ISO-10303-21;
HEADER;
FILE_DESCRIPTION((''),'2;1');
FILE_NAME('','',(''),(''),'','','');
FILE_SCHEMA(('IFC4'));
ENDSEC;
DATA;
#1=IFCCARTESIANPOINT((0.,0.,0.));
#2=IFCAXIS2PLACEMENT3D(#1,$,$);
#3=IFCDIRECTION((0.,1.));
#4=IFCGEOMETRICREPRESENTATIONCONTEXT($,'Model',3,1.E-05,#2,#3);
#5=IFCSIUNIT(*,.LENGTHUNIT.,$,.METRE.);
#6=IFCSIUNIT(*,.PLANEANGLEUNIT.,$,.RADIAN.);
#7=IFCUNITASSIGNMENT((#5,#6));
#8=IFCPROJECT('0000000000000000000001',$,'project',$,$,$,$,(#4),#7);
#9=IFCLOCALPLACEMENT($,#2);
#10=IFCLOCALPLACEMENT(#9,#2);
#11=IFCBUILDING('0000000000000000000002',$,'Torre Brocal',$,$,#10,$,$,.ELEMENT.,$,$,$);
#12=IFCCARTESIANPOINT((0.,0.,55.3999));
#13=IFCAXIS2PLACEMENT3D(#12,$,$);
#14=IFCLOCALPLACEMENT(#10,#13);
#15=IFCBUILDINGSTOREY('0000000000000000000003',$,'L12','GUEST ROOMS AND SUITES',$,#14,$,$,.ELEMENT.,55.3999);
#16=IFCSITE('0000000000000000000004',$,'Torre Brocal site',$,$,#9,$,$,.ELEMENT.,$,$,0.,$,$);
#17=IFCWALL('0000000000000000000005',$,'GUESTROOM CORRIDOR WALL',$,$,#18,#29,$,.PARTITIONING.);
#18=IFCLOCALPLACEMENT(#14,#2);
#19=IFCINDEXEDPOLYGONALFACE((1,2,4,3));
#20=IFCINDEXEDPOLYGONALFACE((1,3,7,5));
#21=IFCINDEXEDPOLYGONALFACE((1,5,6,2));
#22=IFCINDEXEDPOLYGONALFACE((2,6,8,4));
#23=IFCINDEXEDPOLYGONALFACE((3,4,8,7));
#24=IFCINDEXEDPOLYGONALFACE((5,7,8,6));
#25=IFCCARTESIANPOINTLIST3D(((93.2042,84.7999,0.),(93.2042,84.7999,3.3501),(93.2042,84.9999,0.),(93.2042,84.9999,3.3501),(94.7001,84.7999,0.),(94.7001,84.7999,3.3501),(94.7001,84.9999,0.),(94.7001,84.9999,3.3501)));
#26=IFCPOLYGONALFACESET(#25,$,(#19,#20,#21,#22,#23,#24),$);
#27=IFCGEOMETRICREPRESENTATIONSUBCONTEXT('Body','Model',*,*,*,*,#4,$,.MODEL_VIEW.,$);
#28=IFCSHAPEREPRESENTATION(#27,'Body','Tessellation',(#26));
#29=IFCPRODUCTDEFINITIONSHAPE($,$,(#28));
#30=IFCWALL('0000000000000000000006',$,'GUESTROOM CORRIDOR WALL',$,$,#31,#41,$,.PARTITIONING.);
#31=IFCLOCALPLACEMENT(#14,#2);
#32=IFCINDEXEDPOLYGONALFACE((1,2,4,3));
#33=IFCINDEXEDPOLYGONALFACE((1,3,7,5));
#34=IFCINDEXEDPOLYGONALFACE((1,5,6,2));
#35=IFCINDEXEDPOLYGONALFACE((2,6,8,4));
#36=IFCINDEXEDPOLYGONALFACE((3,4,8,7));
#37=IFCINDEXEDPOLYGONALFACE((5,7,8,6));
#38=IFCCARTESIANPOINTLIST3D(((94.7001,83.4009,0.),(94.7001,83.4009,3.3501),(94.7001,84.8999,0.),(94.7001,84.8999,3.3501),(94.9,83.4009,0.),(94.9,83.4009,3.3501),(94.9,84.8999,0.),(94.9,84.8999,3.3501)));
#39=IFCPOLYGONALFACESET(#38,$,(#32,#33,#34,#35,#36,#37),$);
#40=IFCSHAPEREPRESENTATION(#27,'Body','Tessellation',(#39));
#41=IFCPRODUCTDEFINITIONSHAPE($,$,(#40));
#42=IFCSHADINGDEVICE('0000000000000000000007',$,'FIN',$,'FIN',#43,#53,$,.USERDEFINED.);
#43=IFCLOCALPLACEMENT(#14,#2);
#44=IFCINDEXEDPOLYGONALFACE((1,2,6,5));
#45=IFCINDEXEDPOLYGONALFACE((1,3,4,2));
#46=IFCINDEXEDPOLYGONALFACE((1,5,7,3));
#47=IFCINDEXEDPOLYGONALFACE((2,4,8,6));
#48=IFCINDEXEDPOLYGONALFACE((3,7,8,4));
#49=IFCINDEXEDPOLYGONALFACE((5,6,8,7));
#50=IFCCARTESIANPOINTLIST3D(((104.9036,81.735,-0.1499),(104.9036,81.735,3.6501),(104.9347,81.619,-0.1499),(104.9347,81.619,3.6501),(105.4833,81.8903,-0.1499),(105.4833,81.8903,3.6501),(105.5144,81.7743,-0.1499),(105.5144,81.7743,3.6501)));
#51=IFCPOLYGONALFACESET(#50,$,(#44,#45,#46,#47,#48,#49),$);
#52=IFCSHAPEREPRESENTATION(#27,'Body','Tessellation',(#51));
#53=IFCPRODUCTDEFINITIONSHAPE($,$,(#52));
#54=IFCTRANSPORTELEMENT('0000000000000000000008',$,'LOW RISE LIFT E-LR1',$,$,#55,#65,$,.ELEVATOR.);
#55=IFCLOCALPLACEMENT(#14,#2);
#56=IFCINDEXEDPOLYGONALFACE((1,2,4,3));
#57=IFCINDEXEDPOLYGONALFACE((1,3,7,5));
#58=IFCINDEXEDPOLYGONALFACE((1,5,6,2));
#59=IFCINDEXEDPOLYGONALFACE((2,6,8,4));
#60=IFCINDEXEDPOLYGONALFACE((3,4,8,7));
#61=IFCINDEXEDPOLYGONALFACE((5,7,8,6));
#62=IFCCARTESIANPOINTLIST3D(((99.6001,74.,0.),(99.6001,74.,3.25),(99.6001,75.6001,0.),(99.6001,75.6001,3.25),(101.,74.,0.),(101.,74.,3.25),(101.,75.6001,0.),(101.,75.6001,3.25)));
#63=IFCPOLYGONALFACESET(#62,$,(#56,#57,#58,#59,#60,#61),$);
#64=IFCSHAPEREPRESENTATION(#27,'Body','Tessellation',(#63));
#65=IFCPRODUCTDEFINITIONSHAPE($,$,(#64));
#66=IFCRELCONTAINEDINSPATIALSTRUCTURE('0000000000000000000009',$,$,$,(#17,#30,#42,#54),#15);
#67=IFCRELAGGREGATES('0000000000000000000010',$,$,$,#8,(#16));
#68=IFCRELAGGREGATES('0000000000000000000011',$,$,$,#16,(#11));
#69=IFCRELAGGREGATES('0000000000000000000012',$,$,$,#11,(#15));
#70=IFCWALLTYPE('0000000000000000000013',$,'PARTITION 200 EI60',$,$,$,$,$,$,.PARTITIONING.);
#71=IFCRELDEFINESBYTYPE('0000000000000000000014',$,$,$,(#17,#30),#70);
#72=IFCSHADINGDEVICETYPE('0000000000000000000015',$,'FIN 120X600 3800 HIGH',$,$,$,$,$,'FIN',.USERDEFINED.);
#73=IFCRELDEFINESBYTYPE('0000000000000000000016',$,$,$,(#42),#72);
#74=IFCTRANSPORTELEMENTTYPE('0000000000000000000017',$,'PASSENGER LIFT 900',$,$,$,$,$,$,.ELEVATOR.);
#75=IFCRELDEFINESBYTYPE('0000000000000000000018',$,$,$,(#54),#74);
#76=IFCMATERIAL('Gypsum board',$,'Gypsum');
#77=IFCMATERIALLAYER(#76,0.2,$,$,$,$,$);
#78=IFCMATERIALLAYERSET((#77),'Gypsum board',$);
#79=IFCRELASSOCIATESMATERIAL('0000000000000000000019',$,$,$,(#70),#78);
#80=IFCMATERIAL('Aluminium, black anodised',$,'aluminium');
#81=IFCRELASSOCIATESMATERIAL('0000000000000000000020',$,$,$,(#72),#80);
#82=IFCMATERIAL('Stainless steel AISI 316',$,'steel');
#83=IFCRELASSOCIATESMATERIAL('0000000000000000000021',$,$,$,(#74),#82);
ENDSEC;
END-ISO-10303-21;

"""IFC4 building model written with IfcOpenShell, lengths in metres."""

from ifc_helpers import new_model, si_unit, direction, frame, frame_2d, origin, origin_2d, place, context, subcontext, project, spatial, rectangle, extrude, material, layer, layer_set, material_profile, profile_set, type_object, element, save


model = new_model("IFC4")

# Units and contexts
model_context = context("Model", 3, precision=1e-05, world=origin(), true_north=direction((0.0, 1.0)))
body_context = subcontext(model_context, "Body", "Model", "MODEL_VIEW")
ifc_project = project(units=[si_unit("LENGTHUNIT", "METRE"), si_unit("PLANEANGLEUNIT", "RADIAN")], contexts=[model_context])

# Site, building, storey
site_placement = place(None, origin())
site = spatial("IfcSite", under=ifc_project, at=site_placement, Name="Torre Brocal site", CompositionType="ELEMENT", RefElevation=0.0)
building_placement = place(site_placement, origin())
building = spatial("IfcBuilding", under=site, at=building_placement, Name="Torre Brocal", CompositionType="ELEMENT")
storey_placement = place(building_placement, frame((0.0, 0.0, 55.3999)))
storey = spatial("IfcBuildingStorey", under=building, at=storey_placement, Name="L12", Description="GUEST ROOMS AND SUITES", CompositionType="ELEMENT", Elevation=55.3999)

# Walls
ifc_material_1 = material(Name="Gypsum board", Category="Gypsum")
ifc_layer_1 = layer(ifc_material_1, 0.2)
ifc_layer_set_1 = layer_set([ifc_layer_1], Name="Gypsum board")
wall_type_1 = type_object("IfcWallType", Name="PARTITION 200 EI60", PredefinedType="PARTITIONING", material=ifc_layer_set_1)
wall_1_placement = place(storey_placement, frame((93.2041, 84.8999, 0.0), z_axis=(0.0, 0.0, 1.0), x_axis=(1.0, 0.0, 0.0)))
element("IfcWall", 1, at=wall_1_placement, inside=storey, type_object=wall_type_1, Name="GUESTROOM CORRIDOR WALL", PredefinedType="PARTITIONING", context=body_context, shape_type="SweptSolid", body=[
    extrude(rectangle(XDim=1.4958, YDim=0.2, at=frame_2d((0.748, 0.0))), origin(), (0.0, 0.0, 1.0), 3.3501),
])
wall_2_placement = place(storey_placement, frame((94.8, 83.4009, 0.0), z_axis=(0.0, 0.0, 1.0), x_axis=(0.0, 1.0, 0.0)))
element("IfcWall", 2, at=wall_2_placement, inside=storey, type_object=wall_type_1, Name="GUESTROOM CORRIDOR WALL", PredefinedType="PARTITIONING", context=body_context, shape_type="SweptSolid", body=[
    extrude(rectangle(XDim=1.499, YDim=0.2, at=frame_2d((0.7495, 0.0))), origin(), (0.0, 0.0, 1.0), 3.3501),
])

# Shading device
ifc_material_2 = material(Name="Aluminium, black anodised", Category="aluminium")
ifc_material_profile_1 = material_profile(ifc_material_2, rectangle(XDim=0.1201, YDim=0.6001, at=origin_2d()), Name="FIN 120X600 3800 HIGH")
ifc_profile_set_1 = profile_set([ifc_material_profile_1], Name="Aluminium, black anodised")
shading_device_type = type_object("IfcShadingDeviceType", Name="FIN 120X600 3800 HIGH", ElementType="FIN", PredefinedType="USERDEFINED", material=ifc_profile_set_1)
shading_device_placement = place(storey_placement, frame((105.209, 81.7546, -0.1499), z_axis=(0.0, 0.0, 1.0), x_axis=(-0.258819, 0.965926, 0.0)))
element("IfcShadingDevice", 3, at=shading_device_placement, inside=storey, type_object=shading_device_type, Name="FIN", ObjectType="FIN", PredefinedType="USERDEFINED", context=body_context, shape_type="SweptSolid", body=[
    extrude(rectangle(XDim=0.1201, YDim=0.6001, at=origin_2d()), origin(), (0.0, 0.0, 1.0), 3.8),
])

# Transport element
ifc_material_3 = material(Name="Stainless steel AISI 316", Category="steel")
transport_element_type = type_object("IfcTransportElementType", Name="PASSENGER LIFT 900", PredefinedType="ELEVATOR", material=ifc_material_3)
transport_element_placement = place(storey_placement, frame((100.3, 74.8, 0.0), z_axis=(0.0, 0.0, 1.0), x_axis=(1.0, 0.0, 0.0)))
element("IfcTransportElement", 4, at=transport_element_placement, inside=storey, type_object=transport_element_type, Name="LOW RISE LIFT E-LR1", PredefinedType="ELEVATOR", context=body_context, shape_type="SweptSolid", body=[
    extrude(rectangle(XDim=1.3999, YDim=1.6001, at=origin_2d()), origin(), (0.0, 0.0, 1.0), 3.25),
])

save(model, "model.ifc")
